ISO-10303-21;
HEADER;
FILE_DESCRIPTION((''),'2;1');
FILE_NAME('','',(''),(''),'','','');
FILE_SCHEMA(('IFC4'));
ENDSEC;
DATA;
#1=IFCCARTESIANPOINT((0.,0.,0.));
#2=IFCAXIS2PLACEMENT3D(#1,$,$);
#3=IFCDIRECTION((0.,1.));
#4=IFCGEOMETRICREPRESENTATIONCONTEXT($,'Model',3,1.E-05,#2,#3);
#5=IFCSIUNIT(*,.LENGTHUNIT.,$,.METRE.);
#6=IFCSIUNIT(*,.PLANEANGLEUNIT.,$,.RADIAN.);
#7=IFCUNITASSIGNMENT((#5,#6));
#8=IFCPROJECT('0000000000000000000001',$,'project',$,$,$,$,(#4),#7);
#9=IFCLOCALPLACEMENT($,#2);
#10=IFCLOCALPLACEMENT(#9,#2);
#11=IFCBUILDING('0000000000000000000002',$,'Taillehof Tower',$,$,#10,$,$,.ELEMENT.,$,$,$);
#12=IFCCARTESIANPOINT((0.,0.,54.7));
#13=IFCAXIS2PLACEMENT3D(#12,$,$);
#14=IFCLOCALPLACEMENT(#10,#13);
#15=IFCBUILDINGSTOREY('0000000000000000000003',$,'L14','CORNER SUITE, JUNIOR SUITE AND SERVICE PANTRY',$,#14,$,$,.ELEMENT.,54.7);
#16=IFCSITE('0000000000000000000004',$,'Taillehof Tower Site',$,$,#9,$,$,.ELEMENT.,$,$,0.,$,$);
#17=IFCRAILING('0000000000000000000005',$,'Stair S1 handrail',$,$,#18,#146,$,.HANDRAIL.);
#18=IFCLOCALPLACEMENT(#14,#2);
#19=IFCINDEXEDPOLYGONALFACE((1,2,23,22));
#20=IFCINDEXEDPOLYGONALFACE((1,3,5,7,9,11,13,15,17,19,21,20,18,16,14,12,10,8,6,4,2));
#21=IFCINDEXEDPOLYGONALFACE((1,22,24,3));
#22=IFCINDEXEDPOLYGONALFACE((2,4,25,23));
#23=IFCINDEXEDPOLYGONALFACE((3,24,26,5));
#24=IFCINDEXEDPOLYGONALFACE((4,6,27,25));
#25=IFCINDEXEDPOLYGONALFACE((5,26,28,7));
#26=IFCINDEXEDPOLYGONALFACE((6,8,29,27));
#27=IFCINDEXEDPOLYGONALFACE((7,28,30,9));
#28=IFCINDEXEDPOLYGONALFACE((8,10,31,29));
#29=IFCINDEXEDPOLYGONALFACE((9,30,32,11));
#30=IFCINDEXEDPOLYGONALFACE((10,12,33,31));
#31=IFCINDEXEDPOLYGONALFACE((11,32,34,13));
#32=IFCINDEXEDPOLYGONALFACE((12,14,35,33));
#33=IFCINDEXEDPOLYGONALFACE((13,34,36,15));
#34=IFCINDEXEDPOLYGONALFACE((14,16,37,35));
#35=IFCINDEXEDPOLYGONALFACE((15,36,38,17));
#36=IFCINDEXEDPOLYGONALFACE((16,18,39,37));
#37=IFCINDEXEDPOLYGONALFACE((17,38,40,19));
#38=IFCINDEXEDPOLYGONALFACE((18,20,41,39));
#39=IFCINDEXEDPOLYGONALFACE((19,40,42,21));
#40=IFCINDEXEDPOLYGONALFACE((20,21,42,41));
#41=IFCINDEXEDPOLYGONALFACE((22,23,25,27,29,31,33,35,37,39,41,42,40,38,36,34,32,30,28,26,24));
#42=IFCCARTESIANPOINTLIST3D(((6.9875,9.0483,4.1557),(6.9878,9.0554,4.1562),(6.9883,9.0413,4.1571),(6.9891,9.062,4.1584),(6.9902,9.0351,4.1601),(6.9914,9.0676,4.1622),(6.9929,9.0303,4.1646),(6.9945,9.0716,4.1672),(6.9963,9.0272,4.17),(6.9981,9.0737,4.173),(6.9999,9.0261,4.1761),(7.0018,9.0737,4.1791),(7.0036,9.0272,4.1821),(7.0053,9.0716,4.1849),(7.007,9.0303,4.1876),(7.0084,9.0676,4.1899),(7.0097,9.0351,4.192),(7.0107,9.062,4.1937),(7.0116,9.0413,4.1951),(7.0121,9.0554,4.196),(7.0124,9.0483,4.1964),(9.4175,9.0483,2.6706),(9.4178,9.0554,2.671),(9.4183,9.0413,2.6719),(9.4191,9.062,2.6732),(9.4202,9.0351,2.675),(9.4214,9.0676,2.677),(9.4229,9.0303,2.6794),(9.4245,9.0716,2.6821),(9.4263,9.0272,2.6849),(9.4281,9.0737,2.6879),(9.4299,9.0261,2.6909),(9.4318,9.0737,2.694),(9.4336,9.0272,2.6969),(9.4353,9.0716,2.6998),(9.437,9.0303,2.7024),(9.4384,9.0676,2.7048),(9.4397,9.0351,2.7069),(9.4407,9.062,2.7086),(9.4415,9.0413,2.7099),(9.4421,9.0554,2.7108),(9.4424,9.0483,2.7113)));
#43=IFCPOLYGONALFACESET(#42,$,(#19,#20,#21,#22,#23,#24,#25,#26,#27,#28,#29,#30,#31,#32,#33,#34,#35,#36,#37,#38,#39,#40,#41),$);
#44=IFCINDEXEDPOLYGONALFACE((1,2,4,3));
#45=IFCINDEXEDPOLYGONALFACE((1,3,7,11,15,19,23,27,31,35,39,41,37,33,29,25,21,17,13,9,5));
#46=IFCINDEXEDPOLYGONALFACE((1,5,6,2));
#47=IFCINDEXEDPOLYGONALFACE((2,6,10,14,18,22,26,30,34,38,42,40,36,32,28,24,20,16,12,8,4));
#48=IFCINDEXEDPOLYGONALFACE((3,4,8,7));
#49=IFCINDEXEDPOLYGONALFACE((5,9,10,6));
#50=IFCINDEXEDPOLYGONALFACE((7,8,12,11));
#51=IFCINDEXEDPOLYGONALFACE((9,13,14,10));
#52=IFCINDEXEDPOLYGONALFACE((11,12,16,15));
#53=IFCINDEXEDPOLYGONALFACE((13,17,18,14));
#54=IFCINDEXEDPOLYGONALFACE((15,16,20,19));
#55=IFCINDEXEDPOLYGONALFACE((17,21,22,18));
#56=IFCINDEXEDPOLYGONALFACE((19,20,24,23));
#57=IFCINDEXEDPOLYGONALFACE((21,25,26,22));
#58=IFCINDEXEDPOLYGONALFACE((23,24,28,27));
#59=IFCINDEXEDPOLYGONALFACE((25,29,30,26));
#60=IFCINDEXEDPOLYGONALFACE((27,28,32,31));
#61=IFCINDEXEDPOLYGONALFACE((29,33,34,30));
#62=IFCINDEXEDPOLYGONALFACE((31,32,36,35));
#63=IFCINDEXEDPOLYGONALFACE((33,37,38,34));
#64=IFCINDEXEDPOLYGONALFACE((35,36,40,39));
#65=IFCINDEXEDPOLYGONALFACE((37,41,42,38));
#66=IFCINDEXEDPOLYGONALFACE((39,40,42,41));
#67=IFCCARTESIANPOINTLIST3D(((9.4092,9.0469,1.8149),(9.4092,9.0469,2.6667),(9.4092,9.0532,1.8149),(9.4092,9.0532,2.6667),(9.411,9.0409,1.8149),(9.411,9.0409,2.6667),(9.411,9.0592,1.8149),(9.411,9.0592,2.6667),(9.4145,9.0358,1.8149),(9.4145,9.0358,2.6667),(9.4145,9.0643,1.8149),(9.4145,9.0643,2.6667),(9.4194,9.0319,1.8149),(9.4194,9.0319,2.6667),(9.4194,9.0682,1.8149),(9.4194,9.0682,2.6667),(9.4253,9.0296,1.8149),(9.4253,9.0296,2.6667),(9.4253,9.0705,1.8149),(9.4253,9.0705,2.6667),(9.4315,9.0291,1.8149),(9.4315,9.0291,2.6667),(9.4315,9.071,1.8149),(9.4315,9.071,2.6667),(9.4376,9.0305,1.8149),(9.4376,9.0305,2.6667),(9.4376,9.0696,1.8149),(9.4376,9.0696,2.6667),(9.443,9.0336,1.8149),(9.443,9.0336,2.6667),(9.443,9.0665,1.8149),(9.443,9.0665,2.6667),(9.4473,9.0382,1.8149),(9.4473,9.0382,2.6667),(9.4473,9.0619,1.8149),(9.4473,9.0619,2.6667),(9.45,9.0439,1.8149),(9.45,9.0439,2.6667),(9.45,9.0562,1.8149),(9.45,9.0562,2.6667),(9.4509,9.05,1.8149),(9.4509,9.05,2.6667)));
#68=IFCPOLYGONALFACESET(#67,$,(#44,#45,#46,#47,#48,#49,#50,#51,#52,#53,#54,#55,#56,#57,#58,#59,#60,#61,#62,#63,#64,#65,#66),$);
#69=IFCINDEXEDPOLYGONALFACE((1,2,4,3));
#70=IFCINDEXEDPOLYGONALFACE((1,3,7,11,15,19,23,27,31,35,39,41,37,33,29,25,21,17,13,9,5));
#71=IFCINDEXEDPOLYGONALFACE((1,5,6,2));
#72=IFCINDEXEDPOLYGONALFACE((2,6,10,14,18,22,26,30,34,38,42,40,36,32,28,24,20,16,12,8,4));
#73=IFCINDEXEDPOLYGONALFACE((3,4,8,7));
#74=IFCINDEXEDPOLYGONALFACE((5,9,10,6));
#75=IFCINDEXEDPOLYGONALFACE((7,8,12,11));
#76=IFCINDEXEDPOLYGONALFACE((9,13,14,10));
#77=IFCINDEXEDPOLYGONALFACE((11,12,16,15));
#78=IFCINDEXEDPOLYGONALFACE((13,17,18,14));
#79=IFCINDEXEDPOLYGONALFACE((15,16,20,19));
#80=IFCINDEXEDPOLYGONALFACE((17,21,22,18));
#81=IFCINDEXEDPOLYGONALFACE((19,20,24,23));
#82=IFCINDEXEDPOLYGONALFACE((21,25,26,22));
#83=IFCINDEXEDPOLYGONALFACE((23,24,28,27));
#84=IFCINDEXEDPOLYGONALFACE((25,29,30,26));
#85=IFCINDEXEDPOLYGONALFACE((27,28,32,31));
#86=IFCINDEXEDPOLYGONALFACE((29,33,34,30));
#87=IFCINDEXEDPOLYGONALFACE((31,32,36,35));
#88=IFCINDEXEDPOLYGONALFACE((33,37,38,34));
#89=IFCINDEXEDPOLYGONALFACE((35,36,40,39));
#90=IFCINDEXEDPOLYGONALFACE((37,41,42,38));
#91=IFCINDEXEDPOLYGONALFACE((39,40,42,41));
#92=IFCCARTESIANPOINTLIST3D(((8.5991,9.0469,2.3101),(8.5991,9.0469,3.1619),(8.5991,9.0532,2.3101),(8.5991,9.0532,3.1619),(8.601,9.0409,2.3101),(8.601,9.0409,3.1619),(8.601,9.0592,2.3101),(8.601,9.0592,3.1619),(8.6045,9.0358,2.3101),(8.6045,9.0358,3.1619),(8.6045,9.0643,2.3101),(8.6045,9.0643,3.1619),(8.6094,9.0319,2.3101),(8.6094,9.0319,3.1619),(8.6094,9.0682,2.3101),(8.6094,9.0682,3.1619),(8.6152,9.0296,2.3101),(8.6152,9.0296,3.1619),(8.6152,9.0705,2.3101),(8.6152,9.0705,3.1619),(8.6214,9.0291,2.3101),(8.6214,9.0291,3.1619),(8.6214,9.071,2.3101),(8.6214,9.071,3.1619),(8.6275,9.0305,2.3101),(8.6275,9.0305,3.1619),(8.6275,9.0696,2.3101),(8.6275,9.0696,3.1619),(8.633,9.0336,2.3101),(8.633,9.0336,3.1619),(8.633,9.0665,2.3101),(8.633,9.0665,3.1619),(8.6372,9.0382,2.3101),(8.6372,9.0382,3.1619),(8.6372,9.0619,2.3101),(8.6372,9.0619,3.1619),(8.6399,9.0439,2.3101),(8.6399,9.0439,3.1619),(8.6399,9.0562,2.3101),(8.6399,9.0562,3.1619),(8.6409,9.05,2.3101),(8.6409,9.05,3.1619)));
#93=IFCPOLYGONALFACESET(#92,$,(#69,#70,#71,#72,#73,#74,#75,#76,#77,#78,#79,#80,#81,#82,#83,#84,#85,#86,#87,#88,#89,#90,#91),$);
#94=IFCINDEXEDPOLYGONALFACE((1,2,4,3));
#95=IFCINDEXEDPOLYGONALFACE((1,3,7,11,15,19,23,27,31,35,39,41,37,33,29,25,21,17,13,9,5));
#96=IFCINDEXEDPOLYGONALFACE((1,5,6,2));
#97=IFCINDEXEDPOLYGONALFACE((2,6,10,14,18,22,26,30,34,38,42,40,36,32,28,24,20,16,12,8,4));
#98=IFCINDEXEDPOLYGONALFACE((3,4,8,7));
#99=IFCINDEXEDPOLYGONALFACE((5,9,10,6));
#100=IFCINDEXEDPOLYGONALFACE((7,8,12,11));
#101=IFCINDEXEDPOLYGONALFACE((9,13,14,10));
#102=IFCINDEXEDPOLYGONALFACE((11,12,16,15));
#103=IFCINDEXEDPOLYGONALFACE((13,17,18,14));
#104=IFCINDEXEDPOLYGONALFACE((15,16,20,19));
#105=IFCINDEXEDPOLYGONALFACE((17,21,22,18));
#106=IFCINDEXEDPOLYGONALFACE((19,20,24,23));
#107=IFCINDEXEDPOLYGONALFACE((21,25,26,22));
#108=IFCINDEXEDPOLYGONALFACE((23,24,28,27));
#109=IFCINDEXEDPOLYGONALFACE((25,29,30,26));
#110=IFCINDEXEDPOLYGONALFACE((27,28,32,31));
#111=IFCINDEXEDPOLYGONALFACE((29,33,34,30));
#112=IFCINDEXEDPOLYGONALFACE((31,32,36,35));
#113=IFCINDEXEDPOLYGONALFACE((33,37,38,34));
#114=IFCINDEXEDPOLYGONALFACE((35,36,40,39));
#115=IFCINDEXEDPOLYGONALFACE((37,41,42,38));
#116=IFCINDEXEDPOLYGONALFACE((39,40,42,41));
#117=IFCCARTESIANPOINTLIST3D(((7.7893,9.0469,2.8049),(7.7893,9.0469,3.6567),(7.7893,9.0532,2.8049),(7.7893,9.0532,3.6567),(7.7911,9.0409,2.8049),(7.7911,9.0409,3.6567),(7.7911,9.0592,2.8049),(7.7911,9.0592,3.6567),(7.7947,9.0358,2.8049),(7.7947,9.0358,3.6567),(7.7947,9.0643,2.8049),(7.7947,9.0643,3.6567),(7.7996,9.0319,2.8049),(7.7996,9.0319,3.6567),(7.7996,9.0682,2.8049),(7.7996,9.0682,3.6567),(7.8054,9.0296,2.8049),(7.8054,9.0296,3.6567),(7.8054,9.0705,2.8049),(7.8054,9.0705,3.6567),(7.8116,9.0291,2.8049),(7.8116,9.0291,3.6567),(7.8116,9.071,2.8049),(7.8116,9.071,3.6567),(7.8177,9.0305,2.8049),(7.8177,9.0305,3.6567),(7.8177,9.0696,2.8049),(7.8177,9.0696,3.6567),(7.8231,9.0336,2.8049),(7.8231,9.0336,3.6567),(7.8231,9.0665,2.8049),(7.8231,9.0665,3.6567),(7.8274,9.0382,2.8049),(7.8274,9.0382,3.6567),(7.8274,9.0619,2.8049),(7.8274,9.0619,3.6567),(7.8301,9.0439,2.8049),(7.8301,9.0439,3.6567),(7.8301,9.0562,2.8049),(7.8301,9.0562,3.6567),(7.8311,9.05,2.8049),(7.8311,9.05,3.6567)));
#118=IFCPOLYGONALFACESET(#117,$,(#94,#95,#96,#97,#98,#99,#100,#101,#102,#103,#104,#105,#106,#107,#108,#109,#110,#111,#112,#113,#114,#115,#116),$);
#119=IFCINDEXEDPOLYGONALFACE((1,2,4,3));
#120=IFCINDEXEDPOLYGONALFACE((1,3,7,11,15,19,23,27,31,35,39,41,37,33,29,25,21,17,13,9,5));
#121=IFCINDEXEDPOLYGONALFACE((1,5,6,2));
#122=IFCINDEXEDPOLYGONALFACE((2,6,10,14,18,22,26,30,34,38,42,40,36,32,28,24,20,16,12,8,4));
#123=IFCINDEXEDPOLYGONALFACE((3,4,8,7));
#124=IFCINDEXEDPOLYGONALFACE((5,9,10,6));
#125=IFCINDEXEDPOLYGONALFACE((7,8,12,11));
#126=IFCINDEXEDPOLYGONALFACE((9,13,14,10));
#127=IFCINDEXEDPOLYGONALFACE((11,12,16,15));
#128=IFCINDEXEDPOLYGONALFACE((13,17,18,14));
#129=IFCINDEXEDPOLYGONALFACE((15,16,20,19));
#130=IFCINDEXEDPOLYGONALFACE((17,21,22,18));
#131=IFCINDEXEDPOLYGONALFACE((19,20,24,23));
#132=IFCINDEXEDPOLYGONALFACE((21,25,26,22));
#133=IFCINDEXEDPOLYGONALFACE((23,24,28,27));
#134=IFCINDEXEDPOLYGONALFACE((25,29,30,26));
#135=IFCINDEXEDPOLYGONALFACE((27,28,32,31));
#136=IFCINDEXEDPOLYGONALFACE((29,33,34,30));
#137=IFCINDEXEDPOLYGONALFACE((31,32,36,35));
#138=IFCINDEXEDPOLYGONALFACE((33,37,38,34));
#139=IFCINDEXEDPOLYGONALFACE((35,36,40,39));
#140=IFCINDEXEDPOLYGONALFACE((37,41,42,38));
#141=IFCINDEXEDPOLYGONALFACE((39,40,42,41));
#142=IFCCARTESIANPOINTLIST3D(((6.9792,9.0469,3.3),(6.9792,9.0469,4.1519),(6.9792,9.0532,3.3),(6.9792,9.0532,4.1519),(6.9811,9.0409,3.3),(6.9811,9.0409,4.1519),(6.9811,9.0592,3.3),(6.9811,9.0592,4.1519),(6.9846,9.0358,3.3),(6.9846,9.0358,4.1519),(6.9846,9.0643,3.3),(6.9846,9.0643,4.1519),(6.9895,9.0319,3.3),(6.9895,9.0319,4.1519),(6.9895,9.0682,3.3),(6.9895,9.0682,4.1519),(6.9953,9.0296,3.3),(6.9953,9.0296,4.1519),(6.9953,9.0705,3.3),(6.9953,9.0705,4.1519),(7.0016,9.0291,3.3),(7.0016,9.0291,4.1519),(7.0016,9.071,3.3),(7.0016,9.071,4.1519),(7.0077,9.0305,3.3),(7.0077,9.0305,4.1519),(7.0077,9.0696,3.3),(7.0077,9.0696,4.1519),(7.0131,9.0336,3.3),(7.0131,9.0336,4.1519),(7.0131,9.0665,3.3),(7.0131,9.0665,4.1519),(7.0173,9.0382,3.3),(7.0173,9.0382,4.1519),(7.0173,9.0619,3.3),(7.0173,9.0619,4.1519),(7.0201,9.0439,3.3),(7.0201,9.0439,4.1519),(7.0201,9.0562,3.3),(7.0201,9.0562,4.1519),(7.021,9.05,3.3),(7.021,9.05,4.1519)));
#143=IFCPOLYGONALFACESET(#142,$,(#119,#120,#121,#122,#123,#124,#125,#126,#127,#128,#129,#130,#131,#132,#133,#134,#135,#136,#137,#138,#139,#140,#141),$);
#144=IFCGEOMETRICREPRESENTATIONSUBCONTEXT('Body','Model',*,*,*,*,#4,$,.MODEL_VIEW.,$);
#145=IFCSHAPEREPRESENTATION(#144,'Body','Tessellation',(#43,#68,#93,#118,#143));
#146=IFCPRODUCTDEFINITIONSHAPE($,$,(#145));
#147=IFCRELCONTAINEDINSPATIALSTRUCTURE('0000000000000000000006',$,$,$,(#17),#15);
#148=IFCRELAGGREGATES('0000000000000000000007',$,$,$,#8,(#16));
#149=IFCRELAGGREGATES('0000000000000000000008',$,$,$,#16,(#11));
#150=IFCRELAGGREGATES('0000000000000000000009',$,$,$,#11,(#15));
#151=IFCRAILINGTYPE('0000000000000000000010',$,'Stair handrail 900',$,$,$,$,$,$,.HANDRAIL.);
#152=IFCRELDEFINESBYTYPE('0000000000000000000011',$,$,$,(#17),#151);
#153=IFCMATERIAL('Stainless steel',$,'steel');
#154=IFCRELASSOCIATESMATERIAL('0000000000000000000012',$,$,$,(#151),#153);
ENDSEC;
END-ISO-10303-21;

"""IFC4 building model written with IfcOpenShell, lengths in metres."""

from ifc_helpers import new_model, si_unit, direction, frame, origin, origin_2d, place, context, subcontext, project, spatial, circle, extrude, material, type_object, element, save


model = new_model("IFC4")

# Units and contexts
model_context = context("Model", 3, precision=1e-05, world=origin(), true_north=direction((0.0, 1.0)))
body_context = subcontext(model_context, "Body", "Model", "MODEL_VIEW")
ifc_project = project(units=[si_unit("LENGTHUNIT", "METRE"), si_unit("PLANEANGLEUNIT", "RADIAN")], contexts=[model_context])

# Site, building, storey
site_placement = place(None, origin())
site = spatial("IfcSite", under=ifc_project, at=site_placement, Name="Taillehof Tower Site", CompositionType="ELEMENT", RefElevation=0.0)
building_placement = place(site_placement, origin())
building = spatial("IfcBuilding", under=site, at=building_placement, Name="Taillehof Tower", CompositionType="ELEMENT")
storey_placement = place(building_placement, frame((0.0, 0.0, 54.7)))
storey = spatial("IfcBuildingStorey", under=building, at=storey_placement, Name="L14", Description="CORNER SUITE, JUNIOR SUITE AND SERVICE PANTRY", CompositionType="ELEMENT", Elevation=54.7)

# Railing
ifc_material_1 = material(Name="Stainless steel", Category="steel")
railing_type = type_object("IfcRailingType", Name="Stair handrail 900", PredefinedType="HANDRAIL", material=ifc_material_1)
railing_placement = place(storey_placement, frame((9.4299, 9.05, 1.8149)))
element("IfcRailing", 1, at=railing_placement, inside=storey, type_object=railing_type, Name="Stair S1 handrail", PredefinedType="HANDRAIL", context=body_context, shape_type="SweptSolid", body=[
    extrude(circle(Radius=0.0239, at=origin_2d()), frame((0.0, 0.0, 0.876), z_axis=(-0.853259, 0.0, 0.521488), x_axis=(0.0, -1.0, 0.0)), (0.0, 0.0, 1.0), 2.8479),
    extrude(circle(Radius=0.021, at=origin_2d()), origin(), (0.0, 0.0, 1.0), 0.8518),
    extrude(circle(Radius=0.021, at=origin_2d()), frame((-0.8101, 0.0, 0.4951)), (0.0, 0.0, 1.0), 0.8518),
    extrude(circle(Radius=0.021, at=origin_2d()), frame((-1.6199, 0.0, 0.99)), (0.0, 0.0, 1.0), 0.8518),
    extrude(circle(Radius=0.021, at=origin_2d()), frame((-2.4299, 0.0, 1.4851)), (0.0, 0.0, 1.0), 0.8518),
])

save(model, "model.ifc")
